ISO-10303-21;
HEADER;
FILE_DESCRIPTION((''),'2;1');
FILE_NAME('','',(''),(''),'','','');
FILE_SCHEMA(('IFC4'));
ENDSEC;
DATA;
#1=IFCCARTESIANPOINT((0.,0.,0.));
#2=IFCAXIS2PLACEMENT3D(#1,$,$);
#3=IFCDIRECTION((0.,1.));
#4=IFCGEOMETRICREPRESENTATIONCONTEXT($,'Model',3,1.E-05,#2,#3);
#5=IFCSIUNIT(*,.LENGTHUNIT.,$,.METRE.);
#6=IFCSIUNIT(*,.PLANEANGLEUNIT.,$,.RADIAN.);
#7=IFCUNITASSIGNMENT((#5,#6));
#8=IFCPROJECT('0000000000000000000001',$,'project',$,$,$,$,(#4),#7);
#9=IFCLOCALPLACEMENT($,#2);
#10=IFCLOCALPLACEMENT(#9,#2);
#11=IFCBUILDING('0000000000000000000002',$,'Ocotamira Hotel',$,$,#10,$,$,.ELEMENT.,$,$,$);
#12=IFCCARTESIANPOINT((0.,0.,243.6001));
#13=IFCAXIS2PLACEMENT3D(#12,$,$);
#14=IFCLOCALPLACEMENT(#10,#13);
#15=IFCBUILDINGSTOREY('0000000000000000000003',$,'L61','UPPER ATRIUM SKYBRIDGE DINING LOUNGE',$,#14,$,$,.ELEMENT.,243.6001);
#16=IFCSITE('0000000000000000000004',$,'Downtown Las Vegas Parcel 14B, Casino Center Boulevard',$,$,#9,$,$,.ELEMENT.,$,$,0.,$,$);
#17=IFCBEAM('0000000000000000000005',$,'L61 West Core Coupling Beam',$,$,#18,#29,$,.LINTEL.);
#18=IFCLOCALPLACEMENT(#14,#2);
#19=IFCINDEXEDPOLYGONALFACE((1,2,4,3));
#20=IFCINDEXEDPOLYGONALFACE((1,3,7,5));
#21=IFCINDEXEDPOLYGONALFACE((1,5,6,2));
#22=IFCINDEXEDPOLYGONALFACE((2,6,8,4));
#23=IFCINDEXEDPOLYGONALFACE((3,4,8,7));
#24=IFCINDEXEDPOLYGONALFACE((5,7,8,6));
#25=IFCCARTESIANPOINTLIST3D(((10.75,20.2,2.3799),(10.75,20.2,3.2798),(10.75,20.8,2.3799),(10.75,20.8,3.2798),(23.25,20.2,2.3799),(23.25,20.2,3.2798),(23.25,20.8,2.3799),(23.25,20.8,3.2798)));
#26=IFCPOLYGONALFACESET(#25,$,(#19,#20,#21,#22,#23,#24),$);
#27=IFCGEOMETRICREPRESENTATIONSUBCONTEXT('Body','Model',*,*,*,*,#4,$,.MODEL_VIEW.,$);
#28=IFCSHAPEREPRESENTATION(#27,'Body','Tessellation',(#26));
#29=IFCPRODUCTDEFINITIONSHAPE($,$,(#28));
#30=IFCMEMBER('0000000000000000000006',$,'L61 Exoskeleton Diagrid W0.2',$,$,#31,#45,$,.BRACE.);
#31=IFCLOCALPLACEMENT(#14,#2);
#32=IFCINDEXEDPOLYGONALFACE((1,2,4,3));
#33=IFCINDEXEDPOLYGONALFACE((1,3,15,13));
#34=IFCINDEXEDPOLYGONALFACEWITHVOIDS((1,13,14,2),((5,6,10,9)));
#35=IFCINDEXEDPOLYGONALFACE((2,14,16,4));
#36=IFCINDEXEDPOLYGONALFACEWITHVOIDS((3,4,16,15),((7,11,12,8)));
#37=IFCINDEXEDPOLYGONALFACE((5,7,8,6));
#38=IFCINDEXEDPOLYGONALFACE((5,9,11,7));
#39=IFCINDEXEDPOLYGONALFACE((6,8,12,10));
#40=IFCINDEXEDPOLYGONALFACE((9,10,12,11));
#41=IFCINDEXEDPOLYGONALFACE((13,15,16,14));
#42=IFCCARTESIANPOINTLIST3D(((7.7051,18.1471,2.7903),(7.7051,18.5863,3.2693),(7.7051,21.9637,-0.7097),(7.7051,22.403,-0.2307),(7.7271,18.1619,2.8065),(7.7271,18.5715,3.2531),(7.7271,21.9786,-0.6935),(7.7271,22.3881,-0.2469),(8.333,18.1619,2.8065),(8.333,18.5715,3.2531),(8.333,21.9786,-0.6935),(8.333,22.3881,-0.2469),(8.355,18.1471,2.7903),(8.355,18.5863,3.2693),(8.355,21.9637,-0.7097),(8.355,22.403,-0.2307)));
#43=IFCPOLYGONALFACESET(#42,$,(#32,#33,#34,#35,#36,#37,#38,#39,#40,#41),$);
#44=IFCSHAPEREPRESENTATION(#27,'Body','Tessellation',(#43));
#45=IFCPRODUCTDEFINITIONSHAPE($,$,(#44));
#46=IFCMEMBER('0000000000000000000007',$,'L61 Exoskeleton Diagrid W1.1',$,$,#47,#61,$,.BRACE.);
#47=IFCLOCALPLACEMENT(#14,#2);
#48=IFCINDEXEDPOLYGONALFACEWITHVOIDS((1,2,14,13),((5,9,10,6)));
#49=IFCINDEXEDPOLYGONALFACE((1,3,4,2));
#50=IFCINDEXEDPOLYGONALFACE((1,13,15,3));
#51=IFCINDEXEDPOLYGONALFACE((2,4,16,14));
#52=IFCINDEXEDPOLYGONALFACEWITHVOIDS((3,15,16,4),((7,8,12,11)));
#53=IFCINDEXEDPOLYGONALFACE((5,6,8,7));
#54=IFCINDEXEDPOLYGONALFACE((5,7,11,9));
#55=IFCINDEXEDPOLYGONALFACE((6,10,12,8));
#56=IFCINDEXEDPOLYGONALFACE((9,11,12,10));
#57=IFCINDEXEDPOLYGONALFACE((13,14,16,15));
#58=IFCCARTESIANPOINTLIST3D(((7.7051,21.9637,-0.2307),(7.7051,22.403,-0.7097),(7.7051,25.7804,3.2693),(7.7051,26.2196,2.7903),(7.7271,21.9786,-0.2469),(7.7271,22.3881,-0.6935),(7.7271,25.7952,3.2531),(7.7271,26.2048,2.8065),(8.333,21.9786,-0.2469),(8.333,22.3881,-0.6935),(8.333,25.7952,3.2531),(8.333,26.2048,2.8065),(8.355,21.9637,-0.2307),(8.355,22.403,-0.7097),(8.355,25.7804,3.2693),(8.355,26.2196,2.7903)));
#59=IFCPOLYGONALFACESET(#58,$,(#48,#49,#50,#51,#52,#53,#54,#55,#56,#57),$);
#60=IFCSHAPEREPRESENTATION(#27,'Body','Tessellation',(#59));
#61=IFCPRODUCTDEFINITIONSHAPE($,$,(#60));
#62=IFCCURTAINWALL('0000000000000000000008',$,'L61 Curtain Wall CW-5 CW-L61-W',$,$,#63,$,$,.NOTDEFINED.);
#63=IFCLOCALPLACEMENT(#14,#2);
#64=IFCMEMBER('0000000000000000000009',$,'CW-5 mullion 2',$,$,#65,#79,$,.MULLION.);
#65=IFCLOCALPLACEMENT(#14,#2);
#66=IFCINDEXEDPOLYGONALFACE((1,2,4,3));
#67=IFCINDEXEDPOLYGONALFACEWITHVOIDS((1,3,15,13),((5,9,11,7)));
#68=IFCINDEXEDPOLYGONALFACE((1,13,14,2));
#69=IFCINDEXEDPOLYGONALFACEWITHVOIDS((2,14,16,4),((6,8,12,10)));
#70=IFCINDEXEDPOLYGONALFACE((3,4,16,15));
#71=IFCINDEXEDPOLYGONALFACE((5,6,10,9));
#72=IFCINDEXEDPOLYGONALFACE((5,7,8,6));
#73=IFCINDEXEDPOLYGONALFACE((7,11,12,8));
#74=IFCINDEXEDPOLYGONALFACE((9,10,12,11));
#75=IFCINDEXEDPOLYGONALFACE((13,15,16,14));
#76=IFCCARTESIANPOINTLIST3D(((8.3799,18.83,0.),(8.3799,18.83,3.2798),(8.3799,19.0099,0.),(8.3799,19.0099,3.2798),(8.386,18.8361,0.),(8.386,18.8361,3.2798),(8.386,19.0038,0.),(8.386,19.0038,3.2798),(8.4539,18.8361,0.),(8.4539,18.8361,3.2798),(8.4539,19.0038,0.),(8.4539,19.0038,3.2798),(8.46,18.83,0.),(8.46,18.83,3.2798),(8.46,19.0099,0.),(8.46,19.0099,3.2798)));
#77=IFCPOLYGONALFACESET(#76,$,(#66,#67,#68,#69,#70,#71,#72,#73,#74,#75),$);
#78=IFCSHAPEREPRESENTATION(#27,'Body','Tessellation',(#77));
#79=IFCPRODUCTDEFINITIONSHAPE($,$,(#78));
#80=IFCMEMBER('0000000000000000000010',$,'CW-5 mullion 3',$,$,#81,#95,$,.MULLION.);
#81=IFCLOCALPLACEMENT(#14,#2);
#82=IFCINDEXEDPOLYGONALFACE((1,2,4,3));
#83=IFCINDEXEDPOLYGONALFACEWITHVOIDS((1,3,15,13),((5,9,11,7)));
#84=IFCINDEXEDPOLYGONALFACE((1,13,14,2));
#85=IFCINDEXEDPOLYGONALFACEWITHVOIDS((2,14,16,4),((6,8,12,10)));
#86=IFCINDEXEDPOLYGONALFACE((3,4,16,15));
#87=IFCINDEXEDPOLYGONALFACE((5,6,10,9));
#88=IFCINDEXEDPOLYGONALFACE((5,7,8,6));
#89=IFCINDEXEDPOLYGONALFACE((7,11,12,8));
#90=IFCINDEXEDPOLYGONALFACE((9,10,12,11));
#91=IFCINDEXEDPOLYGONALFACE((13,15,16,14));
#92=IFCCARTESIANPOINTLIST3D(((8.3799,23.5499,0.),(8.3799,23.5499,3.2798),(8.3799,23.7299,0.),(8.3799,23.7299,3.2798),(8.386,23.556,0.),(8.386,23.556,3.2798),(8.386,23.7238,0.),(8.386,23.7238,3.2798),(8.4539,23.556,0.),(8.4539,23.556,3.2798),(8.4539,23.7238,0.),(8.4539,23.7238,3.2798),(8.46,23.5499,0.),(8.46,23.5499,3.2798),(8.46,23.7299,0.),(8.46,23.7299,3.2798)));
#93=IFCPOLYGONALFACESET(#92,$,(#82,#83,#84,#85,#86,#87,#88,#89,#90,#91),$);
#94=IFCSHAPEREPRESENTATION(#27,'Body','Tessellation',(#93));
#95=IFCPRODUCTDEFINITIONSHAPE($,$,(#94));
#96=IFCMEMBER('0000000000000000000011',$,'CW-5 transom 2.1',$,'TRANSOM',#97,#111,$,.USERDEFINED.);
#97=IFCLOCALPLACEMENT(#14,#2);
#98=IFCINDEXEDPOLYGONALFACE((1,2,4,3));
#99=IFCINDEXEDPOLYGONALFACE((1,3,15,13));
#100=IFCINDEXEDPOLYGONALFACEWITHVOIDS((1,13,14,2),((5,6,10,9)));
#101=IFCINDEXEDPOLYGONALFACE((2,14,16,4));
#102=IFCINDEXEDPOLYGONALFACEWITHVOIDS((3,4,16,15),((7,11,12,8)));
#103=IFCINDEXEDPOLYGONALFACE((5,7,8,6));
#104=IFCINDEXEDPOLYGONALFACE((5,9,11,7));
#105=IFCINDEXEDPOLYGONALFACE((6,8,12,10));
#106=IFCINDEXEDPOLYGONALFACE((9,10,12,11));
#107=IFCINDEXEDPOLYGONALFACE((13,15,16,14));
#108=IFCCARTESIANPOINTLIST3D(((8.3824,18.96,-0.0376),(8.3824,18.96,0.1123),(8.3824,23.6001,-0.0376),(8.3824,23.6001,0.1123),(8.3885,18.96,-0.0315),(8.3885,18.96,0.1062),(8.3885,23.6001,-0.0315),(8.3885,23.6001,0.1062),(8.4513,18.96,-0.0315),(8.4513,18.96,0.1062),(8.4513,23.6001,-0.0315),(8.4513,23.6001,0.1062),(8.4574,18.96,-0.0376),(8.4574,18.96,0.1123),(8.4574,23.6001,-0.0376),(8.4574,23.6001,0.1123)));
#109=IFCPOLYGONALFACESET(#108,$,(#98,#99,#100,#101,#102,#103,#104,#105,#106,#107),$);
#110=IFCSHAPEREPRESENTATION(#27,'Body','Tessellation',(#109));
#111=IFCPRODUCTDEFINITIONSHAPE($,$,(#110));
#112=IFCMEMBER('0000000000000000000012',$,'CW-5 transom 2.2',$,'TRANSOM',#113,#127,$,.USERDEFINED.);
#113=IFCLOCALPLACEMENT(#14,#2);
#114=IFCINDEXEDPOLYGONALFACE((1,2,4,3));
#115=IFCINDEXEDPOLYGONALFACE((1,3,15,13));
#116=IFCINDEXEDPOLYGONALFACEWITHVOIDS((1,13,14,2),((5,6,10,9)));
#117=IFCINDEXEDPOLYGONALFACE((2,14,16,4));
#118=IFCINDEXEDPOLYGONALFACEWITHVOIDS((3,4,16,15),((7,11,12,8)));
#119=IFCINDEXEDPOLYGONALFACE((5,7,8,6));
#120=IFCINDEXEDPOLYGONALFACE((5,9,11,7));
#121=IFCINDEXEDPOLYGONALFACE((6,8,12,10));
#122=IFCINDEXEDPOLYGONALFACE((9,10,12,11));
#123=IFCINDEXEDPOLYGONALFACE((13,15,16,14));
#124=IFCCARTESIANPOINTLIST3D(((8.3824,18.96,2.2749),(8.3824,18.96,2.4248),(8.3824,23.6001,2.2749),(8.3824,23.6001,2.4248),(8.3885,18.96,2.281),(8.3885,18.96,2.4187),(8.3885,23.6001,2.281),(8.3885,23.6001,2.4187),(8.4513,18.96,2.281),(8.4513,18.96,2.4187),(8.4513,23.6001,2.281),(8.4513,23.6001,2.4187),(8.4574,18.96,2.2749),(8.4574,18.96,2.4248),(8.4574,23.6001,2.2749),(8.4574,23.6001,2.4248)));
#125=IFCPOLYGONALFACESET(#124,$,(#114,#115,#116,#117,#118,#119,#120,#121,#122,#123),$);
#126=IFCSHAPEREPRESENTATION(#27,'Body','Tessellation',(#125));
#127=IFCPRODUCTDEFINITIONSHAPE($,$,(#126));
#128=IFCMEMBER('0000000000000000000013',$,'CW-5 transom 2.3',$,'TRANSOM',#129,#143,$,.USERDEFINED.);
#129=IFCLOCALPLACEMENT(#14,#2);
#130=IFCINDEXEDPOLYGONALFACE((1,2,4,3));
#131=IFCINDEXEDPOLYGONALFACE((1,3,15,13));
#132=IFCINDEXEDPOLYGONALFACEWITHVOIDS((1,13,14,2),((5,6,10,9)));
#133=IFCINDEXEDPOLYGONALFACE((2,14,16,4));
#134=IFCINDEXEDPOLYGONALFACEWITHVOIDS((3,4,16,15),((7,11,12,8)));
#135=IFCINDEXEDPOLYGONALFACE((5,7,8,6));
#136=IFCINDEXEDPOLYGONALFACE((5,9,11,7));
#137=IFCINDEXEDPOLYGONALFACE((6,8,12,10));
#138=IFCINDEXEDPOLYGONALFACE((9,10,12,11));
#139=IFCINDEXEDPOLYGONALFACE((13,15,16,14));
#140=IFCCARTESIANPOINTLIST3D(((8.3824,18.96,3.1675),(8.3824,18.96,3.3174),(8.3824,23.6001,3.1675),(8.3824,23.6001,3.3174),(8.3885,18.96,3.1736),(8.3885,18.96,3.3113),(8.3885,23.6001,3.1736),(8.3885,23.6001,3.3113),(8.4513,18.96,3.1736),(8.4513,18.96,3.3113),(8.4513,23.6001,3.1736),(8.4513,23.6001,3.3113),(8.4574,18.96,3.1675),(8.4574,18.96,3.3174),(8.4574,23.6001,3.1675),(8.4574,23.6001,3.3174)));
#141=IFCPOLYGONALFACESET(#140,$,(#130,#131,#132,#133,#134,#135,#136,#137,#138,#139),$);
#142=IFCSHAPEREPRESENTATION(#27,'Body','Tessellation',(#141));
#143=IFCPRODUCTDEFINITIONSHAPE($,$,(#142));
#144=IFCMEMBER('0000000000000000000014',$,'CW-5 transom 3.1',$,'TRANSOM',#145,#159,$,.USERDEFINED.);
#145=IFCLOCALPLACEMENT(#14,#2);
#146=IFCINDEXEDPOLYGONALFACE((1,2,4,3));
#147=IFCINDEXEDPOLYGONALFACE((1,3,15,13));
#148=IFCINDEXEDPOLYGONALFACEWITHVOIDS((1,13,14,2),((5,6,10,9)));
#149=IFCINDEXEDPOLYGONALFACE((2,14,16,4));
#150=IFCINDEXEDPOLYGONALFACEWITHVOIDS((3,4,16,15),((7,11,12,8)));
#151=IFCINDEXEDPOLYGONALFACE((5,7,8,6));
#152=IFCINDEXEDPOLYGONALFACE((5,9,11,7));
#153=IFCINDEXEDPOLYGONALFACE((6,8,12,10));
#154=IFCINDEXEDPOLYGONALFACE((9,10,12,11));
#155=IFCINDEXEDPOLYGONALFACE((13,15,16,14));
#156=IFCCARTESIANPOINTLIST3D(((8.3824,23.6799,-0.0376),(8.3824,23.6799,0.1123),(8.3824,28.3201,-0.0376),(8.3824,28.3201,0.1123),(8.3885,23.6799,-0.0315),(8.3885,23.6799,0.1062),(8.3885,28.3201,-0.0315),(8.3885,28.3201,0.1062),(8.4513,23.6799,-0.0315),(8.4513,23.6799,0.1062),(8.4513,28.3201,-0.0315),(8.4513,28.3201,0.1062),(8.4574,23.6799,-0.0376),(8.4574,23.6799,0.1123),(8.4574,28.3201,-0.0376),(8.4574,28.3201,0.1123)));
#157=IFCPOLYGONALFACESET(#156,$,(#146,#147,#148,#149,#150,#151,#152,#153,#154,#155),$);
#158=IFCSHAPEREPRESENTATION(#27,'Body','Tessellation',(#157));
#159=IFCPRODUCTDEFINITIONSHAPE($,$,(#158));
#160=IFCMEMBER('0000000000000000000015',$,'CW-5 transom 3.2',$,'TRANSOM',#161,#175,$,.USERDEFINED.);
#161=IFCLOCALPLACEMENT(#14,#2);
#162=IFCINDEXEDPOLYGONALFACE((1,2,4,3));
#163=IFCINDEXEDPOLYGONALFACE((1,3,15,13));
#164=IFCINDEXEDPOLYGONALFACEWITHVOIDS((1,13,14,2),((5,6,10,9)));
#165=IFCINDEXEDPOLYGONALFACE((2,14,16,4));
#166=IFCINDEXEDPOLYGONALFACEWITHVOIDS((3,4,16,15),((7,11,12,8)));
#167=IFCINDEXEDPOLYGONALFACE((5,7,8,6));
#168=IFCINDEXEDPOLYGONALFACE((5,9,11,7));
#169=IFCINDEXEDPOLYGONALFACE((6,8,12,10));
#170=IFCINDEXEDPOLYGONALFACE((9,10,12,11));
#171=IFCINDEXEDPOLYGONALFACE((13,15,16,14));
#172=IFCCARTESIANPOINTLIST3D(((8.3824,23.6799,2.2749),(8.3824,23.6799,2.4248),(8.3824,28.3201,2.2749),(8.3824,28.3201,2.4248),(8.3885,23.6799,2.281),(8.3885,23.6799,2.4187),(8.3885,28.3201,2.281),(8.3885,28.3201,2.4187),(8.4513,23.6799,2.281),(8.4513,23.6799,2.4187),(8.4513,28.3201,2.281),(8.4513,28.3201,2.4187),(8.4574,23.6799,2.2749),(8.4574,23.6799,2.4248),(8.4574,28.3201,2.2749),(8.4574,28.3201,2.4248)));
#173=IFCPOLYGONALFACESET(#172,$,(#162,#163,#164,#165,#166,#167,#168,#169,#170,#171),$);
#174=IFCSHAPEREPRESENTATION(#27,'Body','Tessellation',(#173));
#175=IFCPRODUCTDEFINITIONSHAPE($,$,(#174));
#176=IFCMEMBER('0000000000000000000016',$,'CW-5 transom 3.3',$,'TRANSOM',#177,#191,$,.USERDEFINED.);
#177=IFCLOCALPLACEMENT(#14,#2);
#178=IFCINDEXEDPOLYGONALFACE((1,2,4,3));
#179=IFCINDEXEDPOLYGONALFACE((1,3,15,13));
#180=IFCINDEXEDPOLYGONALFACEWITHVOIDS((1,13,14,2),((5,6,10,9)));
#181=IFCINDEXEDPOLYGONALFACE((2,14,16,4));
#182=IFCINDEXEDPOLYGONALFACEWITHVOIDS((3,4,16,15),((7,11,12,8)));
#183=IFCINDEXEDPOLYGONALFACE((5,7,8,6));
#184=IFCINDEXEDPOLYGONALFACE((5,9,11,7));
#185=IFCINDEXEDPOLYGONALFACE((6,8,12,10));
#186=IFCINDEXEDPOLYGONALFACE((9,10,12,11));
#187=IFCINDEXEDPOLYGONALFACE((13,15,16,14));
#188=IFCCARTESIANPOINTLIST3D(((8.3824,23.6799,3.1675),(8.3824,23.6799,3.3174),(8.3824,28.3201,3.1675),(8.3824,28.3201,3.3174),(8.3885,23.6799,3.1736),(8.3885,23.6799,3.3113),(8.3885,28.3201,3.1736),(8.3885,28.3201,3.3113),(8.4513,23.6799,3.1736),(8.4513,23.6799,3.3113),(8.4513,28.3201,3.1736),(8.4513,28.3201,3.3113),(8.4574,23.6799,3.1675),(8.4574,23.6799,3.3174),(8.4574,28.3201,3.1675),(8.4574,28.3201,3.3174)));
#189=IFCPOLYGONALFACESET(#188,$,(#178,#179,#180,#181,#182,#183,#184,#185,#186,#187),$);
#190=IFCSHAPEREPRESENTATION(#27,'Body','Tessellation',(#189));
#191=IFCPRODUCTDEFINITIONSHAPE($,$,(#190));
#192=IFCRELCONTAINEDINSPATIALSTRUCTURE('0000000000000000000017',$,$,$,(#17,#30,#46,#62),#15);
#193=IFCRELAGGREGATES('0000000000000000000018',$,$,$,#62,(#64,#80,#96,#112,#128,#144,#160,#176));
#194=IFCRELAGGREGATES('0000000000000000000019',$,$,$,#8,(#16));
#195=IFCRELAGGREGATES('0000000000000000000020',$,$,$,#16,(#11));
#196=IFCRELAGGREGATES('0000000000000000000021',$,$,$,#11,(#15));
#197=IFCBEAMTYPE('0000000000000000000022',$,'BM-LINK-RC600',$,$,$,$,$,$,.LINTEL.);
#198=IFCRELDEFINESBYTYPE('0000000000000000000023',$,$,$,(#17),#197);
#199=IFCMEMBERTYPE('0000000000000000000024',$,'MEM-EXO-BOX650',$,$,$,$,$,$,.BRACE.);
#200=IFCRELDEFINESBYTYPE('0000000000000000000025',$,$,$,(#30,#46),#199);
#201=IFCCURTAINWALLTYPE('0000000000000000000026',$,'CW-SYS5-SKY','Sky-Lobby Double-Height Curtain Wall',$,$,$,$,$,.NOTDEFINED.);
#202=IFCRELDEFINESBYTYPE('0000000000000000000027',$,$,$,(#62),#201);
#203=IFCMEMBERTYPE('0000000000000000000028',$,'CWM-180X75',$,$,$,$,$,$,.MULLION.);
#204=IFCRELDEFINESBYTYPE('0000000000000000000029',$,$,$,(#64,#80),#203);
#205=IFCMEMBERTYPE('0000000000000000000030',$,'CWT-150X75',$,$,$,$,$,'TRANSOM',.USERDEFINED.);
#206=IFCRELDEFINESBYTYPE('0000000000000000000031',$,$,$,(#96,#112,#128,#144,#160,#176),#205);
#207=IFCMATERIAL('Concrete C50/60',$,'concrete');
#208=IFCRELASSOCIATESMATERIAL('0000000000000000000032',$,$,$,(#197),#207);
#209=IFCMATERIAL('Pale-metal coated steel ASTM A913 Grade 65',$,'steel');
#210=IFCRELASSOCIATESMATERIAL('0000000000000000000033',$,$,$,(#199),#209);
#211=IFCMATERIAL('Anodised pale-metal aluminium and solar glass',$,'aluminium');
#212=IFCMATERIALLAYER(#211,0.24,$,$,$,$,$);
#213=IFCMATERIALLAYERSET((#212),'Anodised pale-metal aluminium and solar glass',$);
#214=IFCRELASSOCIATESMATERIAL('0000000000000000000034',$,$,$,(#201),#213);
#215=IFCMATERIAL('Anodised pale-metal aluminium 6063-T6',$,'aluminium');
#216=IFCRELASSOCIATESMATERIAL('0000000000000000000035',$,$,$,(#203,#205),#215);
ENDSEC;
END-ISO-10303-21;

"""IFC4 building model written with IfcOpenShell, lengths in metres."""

from ifc_helpers import new_model, si_unit, direction, frame, origin, origin_2d, place, context, subcontext, project, spatial, rectangle, hollow_rectangle, extrude, source, transform, mapped, material, layer, layer_set, material_profile, profile_set, type_object, element, aggregate, save


model = new_model("IFC4")

# Units and contexts
model_context = context("Model", 3, precision=1e-05, world=origin(), true_north=direction((0.0, 1.0)))
body_context = subcontext(model_context, "Body", "Model", "MODEL_VIEW")
ifc_project = project(units=[si_unit("LENGTHUNIT", "METRE"), si_unit("PLANEANGLEUNIT", "RADIAN")], contexts=[model_context])

# Site, building, storey
site_placement = place(None, origin())
site = spatial("IfcSite", under=ifc_project, at=site_placement, Name="Downtown Las Vegas Parcel 14B, Casino Center Boulevard", CompositionType="ELEMENT", RefElevation=0.0)
building_placement = place(site_placement, origin())
building = spatial("IfcBuilding", under=site, at=building_placement, Name="Ocotamira Hotel", CompositionType="ELEMENT")
storey_placement = place(building_placement, frame((0.0, 0.0, 243.6001)))
storey = spatial("IfcBuildingStorey", under=building, at=storey_placement, Name="L61", Description="UPPER ATRIUM SKYBRIDGE DINING LOUNGE", CompositionType="ELEMENT", Elevation=243.6001)

# Beam
ifc_material_1 = material(Name="Concrete C50/60", Category="concrete")
ifc_material_profile_1 = material_profile(ifc_material_1, rectangle(XDim=0.6001, YDim=0.8999, at=origin_2d()), Name="RC600X900")
ifc_profile_set_1 = profile_set([ifc_material_profile_1], Name="Concrete C50/60")
beam_type = type_object("IfcBeamType", Name="BM-LINK-RC600", PredefinedType="LINTEL", material=ifc_profile_set_1)
shared_shape_1 = source(origin(), body_context, "Body", "SweptSolid", [
    extrude(rectangle(XDim=0.6001, YDim=0.8999, at=origin_2d()), origin(), (0.0, 0.0, 1.0), 12.5),
])
beam_placement = place(storey_placement, frame((10.75, 20.5, 2.8298), z_axis=(1.0, 0.0, 0.0), x_axis=(0.0, 1.0, 0.0)))
element("IfcBeam", 1, at=beam_placement, inside=storey, type_object=beam_type, Name="L61 West Core Coupling Beam", PredefinedType="LINTEL", context=body_context, shape_type="MappedRepresentation", body=[
    mapped(shared_shape_1, transform((0.0, 0.0, 0.0), scale=1.0)),
])

# Members
ifc_material_2 = material(Name="Pale-metal coated steel ASTM A913 Grade 65", Category="steel")
ifc_material_profile_2 = material_profile(ifc_material_2, hollow_rectangle(XDim=0.6499, YDim=0.6499, WallThickness=0.022, at=origin_2d()), Name="BOX650X650X22")
ifc_profile_set_2 = profile_set([ifc_material_profile_2], Name="Pale-metal coated steel ASTM A913 Grade 65")
member_type_1 = type_object("IfcMemberType", Name="MEM-EXO-BOX650", PredefinedType="BRACE", material=ifc_profile_set_2)
shared_shape_2 = source(origin(), body_context, "Body", "SweptSolid", [
    extrude(hollow_rectangle(XDim=0.6499, YDim=0.6499, WallThickness=0.022, at=origin_2d()), origin(), (0.0, 0.0, 1.0), 5.1785),
])
for number, where, z_axis, x_axis, name in (
    (2, (8.03, 22.1833, -0.4702), (0.0, -0.737019, 0.675872), (1.0, 0.0, 0.0), "L61 Exoskeleton Diagrid W0.2"),
    (3, (8.03, 22.1833, -0.4702), (0.0, 0.737019, 0.675872), (-1.0, 0.0, 0.0), "L61 Exoskeleton Diagrid W1.1"),
):
    element("IfcMember", number, at=place(storey_placement, frame(where, z_axis=z_axis, x_axis=x_axis)), inside=storey, type_object=member_type_1, Name=name, PredefinedType="BRACE", context=body_context, shape_type="MappedRepresentation", body=[
        mapped(shared_shape_2, transform((0.0, 0.0, 0.0), scale=1.0)),
    ])

# Curtain wall, members
ifc_material_3 = material(Name="Anodised pale-metal aluminium and solar glass", Category="aluminium")
ifc_layer_1 = layer(ifc_material_3, 0.24)
ifc_layer_set_1 = layer_set([ifc_layer_1], Name="Anodised pale-metal aluminium and solar glass")
curtain_wall_type = type_object("IfcCurtainWallType", Name="CW-SYS5-SKY", Description="Sky-Lobby Double-Height Curtain Wall", PredefinedType="NOTDEFINED", material=ifc_layer_set_1)
curtain_wall_placement = place(storey_placement, origin())
curtain_wall = element("IfcCurtainWall", 4, at=curtain_wall_placement, inside=storey, type_object=curtain_wall_type, Name="L61 Curtain Wall CW-5 CW-L61-W", PredefinedType="NOTDEFINED")
ifc_material_4 = material(Name="Anodised pale-metal aluminium 6063-T6", Category="aluminium")
ifc_material_profile_3 = material_profile(ifc_material_4, hollow_rectangle(XDim=0.0801, YDim=0.1799, WallThickness=0.0061, at=origin_2d()), Name="HSS180X80X6")
ifc_profile_set_3 = profile_set([ifc_material_profile_3], Name="Anodised pale-metal aluminium 6063-T6")
member_type_2 = type_object("IfcMemberType", Name="CWM-180X75", PredefinedType="MULLION", material=ifc_profile_set_3)
shared_shape_3 = source(origin(), body_context, "Body", "SweptSolid", [
    extrude(hollow_rectangle(XDim=0.0801, YDim=0.1799, WallThickness=0.0061, at=origin_2d()), origin(), (0.0, 0.0, 1.0), 3.2798),
])
member_1_placement = place(storey_placement, frame((8.4199, 18.9199, 0.0), z_axis=(0.0, 0.0, 1.0), x_axis=(-1.0, 0.0, 0.0)))
member_1 = element("IfcMember", 5, at=member_1_placement, type_object=member_type_2, Name="CW-5 mullion 2", PredefinedType="MULLION", context=body_context, shape_type="MappedRepresentation", body=[
    mapped(shared_shape_3, transform((0.0, 0.0, 0.0), scale=1.0)),
])
member_2_placement = place(storey_placement, frame((8.4199, 23.6399, 0.0), z_axis=(0.0, 0.0, 1.0), x_axis=(-1.0, 0.0, 0.0)))
member_2 = element("IfcMember", 6, at=member_2_placement, type_object=member_type_2, Name="CW-5 mullion 3", PredefinedType="MULLION", context=body_context, shape_type="MappedRepresentation", body=[
    mapped(shared_shape_3, transform((0.0, 0.0, 0.0), scale=1.0)),
])
ifc_material_profile_4 = material_profile(ifc_material_4, hollow_rectangle(XDim=0.075, YDim=0.1499, WallThickness=0.0061, at=origin_2d()), Name="HSS150X75X6")
ifc_profile_set_4 = profile_set([ifc_material_profile_4], Name="Anodised pale-metal aluminium 6063-T6")
member_type_3 = type_object("IfcMemberType", Name="CWT-150X75", ElementType="TRANSOM", PredefinedType="USERDEFINED", material=ifc_profile_set_4)
shared_shape_4 = source(origin(), body_context, "Body", "SweptSolid", [
    extrude(hollow_rectangle(XDim=0.075, YDim=0.1499, WallThickness=0.0061, at=origin_2d()), origin(), (0.0, 0.0, 1.0), 4.6401),
])
member_3_placement = place(storey_placement, frame((8.4199, 18.96, 0.0374), z_axis=(0.0, 1.0, 0.0), x_axis=(-1.0, 0.0, 0.0)))
member_3 = element("IfcMember", 7, at=member_3_placement, type_object=member_type_3, Name="CW-5 transom 2.1", ObjectType="TRANSOM", PredefinedType="USERDEFINED", context=body_context, shape_type="MappedRepresentation", body=[
    mapped(shared_shape_4, transform((0.0, 0.0, 0.0), scale=1.0)),
])
member_4_placement = place(storey_placement, frame((8.4199, 18.96, 2.3499), z_axis=(0.0, 1.0, 0.0), x_axis=(-1.0, 0.0, 0.0)))
member_4 = element("IfcMember", 8, at=member_4_placement, type_object=member_type_3, Name="CW-5 transom 2.2", ObjectType="TRANSOM", PredefinedType="USERDEFINED", context=body_context, shape_type="MappedRepresentation", body=[
    mapped(shared_shape_4, transform((0.0, 0.0, 0.0), scale=1.0)),
])
member_5_placement = place(storey_placement, frame((8.4199, 18.96, 3.2424), z_axis=(0.0, 1.0, 0.0), x_axis=(-1.0, 0.0, 0.0)))
member_5 = element("IfcMember", 9, at=member_5_placement, type_object=member_type_3, Name="CW-5 transom 2.3", ObjectType="TRANSOM", PredefinedType="USERDEFINED", context=body_context, shape_type="MappedRepresentation", body=[
    mapped(shared_shape_4, transform((0.0, 0.0, 0.0), scale=1.0)),
])
member_6_placement = place(storey_placement, frame((8.4199, 23.6799, 0.0374), z_axis=(0.0, 1.0, 0.0), x_axis=(-1.0, 0.0, 0.0)))
member_6 = element("IfcMember", 10, at=member_6_placement, type_object=member_type_3, Name="CW-5 transom 3.1", ObjectType="TRANSOM", PredefinedType="USERDEFINED", context=body_context, shape_type="MappedRepresentation", body=[
    mapped(shared_shape_4, transform((0.0, 0.0, 0.0), scale=1.0)),
])
member_7_placement = place(storey_placement, frame((8.4199, 23.6799, 2.3499), z_axis=(0.0, 1.0, 0.0), x_axis=(-1.0, 0.0, 0.0)))
member_7 = element("IfcMember", 11, at=member_7_placement, type_object=member_type_3, Name="CW-5 transom 3.2", ObjectType="TRANSOM", PredefinedType="USERDEFINED", context=body_context, shape_type="MappedRepresentation", body=[
    mapped(shared_shape_4, transform((0.0, 0.0, 0.0), scale=1.0)),
])
member_8_placement = place(storey_placement, frame((8.4199, 23.6799, 3.2424), z_axis=(0.0, 1.0, 0.0), x_axis=(-1.0, 0.0, 0.0)))
member_8 = element("IfcMember", 12, at=member_8_placement, type_object=member_type_3, Name="CW-5 transom 3.3", ObjectType="TRANSOM", PredefinedType="USERDEFINED", context=body_context, shape_type="MappedRepresentation", body=[
    mapped(shared_shape_4, transform((0.0, 0.0, 0.0), scale=1.0)),
])

aggregate(curtain_wall, [member_1, member_2, member_3, member_4, member_5, member_6, member_7, member_8])

save(model, "model.ifc")
